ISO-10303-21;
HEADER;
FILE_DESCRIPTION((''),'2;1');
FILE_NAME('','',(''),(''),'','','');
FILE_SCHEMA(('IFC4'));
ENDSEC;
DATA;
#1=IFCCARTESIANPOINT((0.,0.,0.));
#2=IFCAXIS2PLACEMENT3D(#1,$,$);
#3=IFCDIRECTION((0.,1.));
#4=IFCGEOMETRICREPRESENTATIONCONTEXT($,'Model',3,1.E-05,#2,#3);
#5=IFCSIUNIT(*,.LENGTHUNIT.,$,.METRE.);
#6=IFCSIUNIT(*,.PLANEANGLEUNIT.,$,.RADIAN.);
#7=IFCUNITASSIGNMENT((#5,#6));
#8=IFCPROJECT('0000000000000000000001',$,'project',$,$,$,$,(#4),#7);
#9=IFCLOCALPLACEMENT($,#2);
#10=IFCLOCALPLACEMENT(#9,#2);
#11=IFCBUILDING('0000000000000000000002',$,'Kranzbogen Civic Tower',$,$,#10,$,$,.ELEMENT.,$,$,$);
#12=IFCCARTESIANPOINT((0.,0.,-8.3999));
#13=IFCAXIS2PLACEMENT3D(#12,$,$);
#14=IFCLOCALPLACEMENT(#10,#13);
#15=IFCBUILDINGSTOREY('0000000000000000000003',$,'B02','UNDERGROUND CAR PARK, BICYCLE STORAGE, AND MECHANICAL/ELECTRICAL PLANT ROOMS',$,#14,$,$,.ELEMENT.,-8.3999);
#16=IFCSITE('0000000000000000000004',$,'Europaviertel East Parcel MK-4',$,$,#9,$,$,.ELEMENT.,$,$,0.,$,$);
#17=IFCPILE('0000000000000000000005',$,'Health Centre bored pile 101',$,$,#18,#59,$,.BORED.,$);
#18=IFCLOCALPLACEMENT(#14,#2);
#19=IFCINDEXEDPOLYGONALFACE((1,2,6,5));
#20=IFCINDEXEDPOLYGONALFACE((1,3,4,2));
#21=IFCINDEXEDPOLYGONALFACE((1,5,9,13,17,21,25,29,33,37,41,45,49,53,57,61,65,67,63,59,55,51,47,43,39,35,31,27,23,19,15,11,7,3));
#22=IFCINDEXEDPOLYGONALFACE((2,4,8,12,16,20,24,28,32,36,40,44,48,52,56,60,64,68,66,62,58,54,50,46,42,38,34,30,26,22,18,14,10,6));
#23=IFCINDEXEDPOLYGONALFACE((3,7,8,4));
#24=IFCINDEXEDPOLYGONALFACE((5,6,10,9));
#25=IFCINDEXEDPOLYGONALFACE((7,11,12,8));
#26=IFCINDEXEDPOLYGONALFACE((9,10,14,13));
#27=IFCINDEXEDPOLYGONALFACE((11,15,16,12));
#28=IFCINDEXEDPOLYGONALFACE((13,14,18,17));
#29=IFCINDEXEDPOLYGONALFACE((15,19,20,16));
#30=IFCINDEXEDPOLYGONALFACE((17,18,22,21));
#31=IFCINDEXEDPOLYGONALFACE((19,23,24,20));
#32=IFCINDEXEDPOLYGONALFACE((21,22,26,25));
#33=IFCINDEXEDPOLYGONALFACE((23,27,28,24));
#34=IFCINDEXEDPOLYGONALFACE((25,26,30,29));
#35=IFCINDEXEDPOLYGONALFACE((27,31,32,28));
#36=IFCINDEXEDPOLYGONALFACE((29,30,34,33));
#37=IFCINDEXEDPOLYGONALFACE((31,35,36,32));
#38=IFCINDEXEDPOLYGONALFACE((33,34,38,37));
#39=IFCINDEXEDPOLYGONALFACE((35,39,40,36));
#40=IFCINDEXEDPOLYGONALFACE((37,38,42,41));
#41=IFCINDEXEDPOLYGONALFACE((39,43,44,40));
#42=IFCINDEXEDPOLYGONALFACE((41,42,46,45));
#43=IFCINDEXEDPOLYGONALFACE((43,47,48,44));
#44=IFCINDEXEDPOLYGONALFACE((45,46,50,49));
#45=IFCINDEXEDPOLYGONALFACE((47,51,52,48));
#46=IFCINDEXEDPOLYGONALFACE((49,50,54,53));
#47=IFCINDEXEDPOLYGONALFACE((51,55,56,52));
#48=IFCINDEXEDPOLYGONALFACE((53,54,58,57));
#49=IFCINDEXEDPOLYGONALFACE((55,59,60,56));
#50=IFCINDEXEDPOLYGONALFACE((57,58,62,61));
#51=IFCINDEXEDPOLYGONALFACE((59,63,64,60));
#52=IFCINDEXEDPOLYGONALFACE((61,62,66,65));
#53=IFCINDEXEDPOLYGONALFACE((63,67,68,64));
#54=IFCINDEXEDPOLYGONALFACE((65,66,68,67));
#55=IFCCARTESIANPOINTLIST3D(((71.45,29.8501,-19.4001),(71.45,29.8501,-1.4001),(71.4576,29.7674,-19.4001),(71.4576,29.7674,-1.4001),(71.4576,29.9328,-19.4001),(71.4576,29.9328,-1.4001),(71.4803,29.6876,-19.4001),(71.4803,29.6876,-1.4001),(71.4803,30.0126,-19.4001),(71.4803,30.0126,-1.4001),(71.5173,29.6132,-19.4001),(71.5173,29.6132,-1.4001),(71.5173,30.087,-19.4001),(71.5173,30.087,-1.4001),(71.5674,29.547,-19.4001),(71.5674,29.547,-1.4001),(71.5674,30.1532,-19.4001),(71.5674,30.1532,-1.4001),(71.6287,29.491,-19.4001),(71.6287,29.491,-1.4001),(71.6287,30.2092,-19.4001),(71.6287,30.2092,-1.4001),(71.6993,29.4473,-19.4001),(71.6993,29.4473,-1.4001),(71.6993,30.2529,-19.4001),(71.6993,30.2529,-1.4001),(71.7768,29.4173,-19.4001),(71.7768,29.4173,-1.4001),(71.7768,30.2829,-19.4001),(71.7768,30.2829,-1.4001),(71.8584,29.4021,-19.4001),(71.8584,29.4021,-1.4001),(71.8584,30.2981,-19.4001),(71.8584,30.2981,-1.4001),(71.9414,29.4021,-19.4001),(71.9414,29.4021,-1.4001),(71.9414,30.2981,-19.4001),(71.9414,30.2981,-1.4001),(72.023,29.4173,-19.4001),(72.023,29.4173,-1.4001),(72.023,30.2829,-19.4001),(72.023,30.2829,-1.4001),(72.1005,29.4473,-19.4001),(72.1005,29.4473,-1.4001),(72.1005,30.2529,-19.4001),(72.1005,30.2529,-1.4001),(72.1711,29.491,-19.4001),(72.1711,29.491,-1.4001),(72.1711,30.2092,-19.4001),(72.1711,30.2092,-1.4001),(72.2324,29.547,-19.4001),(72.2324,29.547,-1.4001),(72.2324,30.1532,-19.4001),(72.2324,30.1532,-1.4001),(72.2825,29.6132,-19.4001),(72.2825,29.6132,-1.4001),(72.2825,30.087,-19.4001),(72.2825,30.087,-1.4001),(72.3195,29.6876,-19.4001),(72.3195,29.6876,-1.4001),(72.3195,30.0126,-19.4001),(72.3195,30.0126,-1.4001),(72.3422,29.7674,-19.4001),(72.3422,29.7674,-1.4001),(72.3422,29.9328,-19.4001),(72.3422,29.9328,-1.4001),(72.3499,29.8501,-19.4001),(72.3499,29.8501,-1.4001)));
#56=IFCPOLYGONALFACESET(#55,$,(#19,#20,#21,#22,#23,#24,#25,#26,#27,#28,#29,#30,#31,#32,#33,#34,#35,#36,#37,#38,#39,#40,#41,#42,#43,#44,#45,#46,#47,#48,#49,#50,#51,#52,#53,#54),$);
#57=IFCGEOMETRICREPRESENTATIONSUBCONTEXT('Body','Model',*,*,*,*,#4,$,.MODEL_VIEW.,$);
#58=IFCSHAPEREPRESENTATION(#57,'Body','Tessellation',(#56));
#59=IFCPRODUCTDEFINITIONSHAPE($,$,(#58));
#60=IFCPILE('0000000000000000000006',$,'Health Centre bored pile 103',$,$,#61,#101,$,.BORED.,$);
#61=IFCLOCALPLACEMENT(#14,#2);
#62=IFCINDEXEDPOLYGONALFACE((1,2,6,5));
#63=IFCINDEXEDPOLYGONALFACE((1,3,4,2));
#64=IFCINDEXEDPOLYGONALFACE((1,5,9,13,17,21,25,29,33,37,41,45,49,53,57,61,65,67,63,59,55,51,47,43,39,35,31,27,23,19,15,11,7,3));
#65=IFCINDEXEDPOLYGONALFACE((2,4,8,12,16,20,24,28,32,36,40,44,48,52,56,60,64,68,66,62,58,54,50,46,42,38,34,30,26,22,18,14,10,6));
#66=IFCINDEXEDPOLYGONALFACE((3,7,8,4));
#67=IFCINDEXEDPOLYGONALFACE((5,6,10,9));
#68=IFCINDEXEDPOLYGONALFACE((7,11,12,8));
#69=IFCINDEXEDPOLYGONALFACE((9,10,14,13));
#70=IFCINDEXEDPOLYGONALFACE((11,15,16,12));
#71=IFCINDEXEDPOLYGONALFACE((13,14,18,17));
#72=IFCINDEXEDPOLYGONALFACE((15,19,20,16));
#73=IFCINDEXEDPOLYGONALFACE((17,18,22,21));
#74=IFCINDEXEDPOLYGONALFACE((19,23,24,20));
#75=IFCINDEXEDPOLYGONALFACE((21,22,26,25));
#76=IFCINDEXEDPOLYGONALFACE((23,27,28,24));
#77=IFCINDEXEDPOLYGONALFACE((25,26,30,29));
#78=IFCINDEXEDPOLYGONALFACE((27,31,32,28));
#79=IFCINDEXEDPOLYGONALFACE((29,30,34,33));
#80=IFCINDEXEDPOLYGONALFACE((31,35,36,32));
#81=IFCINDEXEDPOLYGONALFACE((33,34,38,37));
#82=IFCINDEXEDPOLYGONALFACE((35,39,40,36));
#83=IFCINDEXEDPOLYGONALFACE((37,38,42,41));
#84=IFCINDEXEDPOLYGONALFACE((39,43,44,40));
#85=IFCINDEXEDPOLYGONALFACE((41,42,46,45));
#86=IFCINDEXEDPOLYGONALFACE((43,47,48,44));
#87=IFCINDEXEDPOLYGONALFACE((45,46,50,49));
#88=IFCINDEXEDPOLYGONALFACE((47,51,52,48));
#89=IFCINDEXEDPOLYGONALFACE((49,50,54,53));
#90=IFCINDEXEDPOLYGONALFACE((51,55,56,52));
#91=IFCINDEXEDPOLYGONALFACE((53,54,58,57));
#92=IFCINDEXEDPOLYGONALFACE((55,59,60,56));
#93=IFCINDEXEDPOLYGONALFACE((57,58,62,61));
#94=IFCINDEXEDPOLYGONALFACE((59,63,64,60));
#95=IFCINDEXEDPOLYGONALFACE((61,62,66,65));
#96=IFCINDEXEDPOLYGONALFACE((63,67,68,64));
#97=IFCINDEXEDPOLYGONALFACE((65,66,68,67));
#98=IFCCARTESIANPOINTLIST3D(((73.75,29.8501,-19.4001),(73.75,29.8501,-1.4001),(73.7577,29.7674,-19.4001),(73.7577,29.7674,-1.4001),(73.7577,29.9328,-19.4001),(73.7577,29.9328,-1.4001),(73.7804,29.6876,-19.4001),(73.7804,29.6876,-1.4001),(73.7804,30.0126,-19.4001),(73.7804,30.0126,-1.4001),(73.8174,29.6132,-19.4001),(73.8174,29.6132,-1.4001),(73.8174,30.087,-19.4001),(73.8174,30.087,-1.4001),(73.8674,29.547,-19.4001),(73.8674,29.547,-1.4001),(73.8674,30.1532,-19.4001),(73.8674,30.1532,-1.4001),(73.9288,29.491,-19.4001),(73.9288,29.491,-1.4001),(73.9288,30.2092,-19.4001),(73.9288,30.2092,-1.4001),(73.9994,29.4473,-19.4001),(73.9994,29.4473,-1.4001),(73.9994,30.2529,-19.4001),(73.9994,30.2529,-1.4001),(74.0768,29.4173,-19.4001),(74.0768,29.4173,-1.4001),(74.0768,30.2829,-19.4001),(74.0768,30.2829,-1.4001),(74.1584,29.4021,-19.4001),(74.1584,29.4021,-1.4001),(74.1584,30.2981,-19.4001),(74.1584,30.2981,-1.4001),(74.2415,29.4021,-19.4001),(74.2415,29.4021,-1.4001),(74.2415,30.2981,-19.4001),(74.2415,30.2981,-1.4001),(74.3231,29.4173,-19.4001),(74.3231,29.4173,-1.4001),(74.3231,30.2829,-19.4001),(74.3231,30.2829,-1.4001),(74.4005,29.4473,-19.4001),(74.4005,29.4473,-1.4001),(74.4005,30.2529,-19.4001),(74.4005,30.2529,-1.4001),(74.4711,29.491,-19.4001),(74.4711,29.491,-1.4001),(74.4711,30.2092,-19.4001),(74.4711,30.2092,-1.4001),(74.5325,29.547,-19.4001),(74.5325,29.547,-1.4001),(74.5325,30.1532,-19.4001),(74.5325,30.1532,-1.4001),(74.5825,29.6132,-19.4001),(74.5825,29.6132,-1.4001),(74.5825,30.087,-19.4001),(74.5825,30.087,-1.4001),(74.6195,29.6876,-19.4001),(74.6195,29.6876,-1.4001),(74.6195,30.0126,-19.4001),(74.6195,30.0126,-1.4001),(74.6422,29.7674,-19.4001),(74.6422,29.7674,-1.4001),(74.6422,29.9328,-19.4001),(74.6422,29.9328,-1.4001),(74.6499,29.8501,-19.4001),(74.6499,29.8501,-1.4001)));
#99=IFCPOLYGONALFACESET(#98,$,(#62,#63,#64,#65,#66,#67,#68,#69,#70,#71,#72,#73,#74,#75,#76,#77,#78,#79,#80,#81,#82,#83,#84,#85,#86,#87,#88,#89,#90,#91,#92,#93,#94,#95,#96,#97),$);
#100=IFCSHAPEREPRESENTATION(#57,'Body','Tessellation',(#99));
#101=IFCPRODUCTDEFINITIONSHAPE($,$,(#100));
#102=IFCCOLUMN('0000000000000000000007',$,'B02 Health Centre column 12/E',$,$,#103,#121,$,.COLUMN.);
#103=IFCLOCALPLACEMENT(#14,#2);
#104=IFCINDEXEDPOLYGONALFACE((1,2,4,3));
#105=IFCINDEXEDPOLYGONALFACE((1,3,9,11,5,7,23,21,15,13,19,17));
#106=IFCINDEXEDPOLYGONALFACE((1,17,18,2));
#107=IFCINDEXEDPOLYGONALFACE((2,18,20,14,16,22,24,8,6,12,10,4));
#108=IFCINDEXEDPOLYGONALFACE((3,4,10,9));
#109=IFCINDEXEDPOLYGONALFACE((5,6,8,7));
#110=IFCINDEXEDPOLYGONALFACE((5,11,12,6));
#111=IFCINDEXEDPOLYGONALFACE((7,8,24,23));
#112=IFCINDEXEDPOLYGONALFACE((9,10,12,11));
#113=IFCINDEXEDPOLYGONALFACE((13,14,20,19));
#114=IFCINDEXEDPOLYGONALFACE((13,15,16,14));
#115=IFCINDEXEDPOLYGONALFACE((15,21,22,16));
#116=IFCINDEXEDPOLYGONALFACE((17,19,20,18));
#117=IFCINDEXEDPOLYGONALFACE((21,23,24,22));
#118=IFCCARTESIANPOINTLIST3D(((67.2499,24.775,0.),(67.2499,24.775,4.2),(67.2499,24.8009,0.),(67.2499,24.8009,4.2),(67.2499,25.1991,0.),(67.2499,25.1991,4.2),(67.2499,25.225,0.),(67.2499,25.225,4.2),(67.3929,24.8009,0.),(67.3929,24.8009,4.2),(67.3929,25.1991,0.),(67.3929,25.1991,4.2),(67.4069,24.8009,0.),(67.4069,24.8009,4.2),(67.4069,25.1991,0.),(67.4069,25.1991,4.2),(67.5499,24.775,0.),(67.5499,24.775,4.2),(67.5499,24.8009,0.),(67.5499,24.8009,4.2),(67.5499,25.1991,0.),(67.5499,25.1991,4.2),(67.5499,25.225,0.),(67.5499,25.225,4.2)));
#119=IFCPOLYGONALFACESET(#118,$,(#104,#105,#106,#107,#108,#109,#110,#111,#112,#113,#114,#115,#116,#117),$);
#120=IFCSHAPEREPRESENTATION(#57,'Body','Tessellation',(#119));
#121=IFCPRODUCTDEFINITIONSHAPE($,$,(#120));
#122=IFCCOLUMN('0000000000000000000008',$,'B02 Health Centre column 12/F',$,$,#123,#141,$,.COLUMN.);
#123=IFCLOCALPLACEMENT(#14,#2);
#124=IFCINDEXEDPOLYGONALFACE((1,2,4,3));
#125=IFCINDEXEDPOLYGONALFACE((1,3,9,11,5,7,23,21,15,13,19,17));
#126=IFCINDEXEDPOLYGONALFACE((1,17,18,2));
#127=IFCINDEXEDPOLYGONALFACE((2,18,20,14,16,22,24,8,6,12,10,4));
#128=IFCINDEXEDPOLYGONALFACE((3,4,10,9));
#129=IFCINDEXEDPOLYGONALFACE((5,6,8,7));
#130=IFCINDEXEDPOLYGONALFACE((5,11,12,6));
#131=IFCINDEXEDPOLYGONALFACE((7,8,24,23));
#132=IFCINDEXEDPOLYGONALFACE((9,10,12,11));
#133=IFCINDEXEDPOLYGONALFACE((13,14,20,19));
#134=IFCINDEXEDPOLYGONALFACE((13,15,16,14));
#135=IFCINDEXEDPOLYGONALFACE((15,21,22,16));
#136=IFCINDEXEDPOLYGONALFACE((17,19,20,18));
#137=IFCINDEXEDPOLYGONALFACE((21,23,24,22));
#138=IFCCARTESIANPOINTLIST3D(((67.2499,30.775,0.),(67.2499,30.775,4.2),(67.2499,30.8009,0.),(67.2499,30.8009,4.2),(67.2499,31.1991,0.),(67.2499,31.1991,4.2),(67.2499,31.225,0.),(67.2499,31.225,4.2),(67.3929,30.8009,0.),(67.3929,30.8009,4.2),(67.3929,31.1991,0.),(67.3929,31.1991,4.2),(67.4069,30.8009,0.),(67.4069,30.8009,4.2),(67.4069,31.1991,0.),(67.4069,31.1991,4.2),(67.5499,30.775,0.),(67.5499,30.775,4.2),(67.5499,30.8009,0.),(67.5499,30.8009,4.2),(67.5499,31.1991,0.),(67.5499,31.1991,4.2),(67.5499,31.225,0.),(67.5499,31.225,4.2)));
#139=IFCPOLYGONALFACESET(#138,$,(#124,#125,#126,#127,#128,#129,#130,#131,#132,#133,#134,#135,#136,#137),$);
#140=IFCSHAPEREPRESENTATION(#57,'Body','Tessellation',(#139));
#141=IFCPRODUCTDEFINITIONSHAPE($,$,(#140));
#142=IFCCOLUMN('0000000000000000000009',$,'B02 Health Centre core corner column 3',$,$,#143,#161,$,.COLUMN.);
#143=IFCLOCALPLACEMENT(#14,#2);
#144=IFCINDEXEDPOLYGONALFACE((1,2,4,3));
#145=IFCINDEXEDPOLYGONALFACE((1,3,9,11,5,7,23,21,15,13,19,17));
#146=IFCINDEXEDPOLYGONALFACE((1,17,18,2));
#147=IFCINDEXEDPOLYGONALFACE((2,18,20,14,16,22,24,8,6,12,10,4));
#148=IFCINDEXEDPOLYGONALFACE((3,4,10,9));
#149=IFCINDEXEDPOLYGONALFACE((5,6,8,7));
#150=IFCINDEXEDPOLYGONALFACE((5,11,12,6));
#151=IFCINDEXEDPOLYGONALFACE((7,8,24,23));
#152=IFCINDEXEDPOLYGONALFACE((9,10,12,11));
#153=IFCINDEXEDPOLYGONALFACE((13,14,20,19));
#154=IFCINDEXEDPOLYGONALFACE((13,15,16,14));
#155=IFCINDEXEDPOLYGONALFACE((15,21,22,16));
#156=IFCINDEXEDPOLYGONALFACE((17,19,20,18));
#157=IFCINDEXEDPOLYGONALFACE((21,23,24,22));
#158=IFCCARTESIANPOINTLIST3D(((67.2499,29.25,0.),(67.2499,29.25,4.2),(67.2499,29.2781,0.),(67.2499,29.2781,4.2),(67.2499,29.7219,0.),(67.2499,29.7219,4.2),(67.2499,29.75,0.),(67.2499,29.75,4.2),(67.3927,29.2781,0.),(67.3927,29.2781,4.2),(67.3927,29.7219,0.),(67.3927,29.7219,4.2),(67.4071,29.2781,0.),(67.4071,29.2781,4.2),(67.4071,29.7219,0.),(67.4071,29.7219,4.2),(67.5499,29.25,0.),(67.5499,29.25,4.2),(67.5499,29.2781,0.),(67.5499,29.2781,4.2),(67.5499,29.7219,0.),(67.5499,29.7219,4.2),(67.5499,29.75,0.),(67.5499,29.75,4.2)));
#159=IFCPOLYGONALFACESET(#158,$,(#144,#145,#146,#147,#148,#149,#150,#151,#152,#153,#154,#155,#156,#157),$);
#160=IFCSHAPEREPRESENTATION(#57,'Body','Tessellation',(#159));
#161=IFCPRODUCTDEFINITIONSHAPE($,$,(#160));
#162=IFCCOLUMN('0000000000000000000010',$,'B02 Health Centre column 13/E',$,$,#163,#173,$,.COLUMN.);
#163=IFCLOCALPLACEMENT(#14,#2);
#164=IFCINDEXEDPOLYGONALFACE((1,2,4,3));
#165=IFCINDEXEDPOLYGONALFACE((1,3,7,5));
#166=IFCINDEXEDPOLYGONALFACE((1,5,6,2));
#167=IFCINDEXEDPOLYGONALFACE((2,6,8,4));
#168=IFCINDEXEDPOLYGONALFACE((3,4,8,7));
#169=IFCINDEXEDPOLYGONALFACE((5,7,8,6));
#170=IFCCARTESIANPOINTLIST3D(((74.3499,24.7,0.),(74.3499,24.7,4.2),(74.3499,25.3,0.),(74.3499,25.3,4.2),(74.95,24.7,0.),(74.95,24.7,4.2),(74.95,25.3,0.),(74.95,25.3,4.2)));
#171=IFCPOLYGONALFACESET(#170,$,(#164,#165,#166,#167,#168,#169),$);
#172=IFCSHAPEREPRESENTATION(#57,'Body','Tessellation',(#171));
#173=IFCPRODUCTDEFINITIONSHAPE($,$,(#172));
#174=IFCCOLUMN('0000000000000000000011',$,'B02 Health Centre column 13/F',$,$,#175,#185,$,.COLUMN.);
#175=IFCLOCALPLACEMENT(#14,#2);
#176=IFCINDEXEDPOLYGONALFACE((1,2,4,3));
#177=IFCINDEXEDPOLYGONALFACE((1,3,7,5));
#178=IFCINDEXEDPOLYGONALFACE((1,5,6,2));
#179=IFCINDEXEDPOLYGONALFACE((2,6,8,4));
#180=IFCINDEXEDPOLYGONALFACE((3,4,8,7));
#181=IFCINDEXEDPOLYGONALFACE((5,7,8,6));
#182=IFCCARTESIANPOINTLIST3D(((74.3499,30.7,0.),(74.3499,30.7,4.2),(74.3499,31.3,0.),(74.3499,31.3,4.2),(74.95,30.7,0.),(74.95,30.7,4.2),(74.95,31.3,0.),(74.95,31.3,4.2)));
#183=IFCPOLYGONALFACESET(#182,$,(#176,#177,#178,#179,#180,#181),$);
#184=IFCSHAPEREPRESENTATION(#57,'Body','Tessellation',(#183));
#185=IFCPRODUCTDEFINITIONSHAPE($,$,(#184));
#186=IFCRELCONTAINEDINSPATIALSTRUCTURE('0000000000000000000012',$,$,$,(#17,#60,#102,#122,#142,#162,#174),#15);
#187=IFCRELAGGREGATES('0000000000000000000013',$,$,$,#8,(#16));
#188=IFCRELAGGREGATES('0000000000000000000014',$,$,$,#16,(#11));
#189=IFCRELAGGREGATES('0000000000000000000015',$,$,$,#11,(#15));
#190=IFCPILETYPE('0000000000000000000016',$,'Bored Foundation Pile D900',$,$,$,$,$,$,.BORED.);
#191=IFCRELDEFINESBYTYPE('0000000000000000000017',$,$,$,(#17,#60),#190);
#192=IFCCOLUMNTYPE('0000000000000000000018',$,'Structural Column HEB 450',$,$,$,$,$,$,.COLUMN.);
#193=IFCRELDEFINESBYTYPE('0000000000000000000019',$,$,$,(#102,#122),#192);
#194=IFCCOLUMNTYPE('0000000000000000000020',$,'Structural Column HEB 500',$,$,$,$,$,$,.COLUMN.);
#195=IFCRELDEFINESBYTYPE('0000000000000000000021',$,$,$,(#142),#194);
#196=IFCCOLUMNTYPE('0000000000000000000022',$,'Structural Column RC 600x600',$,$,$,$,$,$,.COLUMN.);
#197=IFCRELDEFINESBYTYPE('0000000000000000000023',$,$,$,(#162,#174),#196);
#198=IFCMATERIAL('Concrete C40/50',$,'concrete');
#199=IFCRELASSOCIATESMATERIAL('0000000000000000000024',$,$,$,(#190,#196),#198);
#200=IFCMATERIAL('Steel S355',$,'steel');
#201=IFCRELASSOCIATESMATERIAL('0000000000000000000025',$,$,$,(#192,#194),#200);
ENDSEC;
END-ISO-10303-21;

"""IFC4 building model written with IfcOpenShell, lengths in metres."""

from ifc_helpers import new_model, si_unit, direction, frame, origin, origin_2d, place, context, subcontext, project, spatial, rectangle, circle, i_section, extrude, material, material_profile, profile_set, type_object, element, save


model = new_model("IFC4")

# Units and contexts
model_context = context("Model", 3, precision=1e-05, world=origin(), true_north=direction((0.0, 1.0)))
body_context = subcontext(model_context, "Body", "Model", "MODEL_VIEW")
ifc_project = project(units=[si_unit("LENGTHUNIT", "METRE"), si_unit("PLANEANGLEUNIT", "RADIAN")], contexts=[model_context])

# Site, building, storey
site_placement = place(None, origin())
site = spatial("IfcSite", under=ifc_project, at=site_placement, Name="Europaviertel East Parcel MK-4", CompositionType="ELEMENT", RefElevation=0.0)
building_placement = place(site_placement, origin())
building = spatial("IfcBuilding", under=site, at=building_placement, Name="Kranzbogen Civic Tower", CompositionType="ELEMENT")
storey_placement = place(building_placement, frame((0.0, 0.0, -8.3999)))
storey = spatial("IfcBuildingStorey", under=building, at=storey_placement, Name="B02", Description="UNDERGROUND CAR PARK, BICYCLE STORAGE, AND MECHANICAL/ELECTRICAL PLANT ROOMS", CompositionType="ELEMENT", Elevation=-8.3999)

# Piles
ifc_material_1 = material(Name="Concrete C40/50", Category="concrete")
ifc_material_profile_1 = material_profile(ifc_material_1, circle(Radius=0.45, at=origin_2d()), Name="PILE D900")
ifc_profile_set_1 = profile_set([ifc_material_profile_1], Name="Concrete C40/50")
pile_type_1 = type_object("IfcPileType", Name="Bored Foundation Pile D900", PredefinedType="BORED", material=ifc_profile_set_1)
for number, where, z_axis, x_axis, name in (
    (1, (71.8999, 29.8501, -1.4001), (0.0, 0.0, -1.0), (1.0, 0.0, 0.0), "Health Centre bored pile 101"),
    (2, (74.2, 29.8501, -1.4001), (0.0, 0.0, -1.0), (1.0, 0.0, 0.0), "Health Centre bored pile 103"),
):
    element("IfcPile", number, at=place(storey_placement, frame(where, z_axis=z_axis, x_axis=x_axis)), inside=storey, type_object=pile_type_1, Name=name, PredefinedType="BORED", context=body_context, shape_type="SweptSolid", body=[
        extrude(circle(Radius=0.45, at=origin_2d()), origin(), (0.0, 0.0, 1.0), 18.0),
    ])

# Columns
ifc_material_2 = material(Name="Steel S355", Category="steel")
ifc_material_profile_2 = material_profile(ifc_material_2, i_section(OverallWidth=0.3, OverallDepth=0.45, WebThickness=0.0139, FlangeThickness=0.0259, at=origin_2d()), Name="HEB 450")
ifc_profile_set_2 = profile_set([ifc_material_profile_2], Name="Steel S355")
column_type_1 = type_object("IfcColumnType", Name="Structural Column HEB 450", PredefinedType="COLUMN", material=ifc_profile_set_2)
for number, where, z_axis, x_axis, name in (
    (3, (67.3999, 25.0, 0.0), (0.0, 0.0, 1.0), (1.0, 0.0, 0.0), "B02 Health Centre column 12/E"),
    (4, (67.3999, 31.0, 0.0), (0.0, 0.0, 1.0), (1.0, 0.0, 0.0), "B02 Health Centre column 12/F"),
):
    element("IfcColumn", number, at=place(storey_placement, frame(where, z_axis=z_axis, x_axis=x_axis)), inside=storey, type_object=column_type_1, Name=name, PredefinedType="COLUMN", context=body_context, shape_type="SweptSolid", body=[
        extrude(i_section(OverallWidth=0.3, OverallDepth=0.45, WebThickness=0.0139, FlangeThickness=0.0259, at=origin_2d()), origin(), (0.0, 0.0, 1.0), 4.2),
    ])
ifc_material_profile_3 = material_profile(ifc_material_2, i_section(OverallWidth=0.3, OverallDepth=0.5, WebThickness=0.0144, FlangeThickness=0.0281, at=origin_2d()), Name="HEB 500")
ifc_profile_set_3 = profile_set([ifc_material_profile_3], Name="Steel S355")
column_type_2 = type_object("IfcColumnType", Name="Structural Column HEB 500", PredefinedType="COLUMN", material=ifc_profile_set_3)
column_placement = place(storey_placement, frame((67.3999, 29.5, 0.0), z_axis=(0.0, 0.0, 1.0), x_axis=(1.0, 0.0, 0.0)))
element("IfcColumn", 5, at=column_placement, inside=storey, type_object=column_type_2, Name="B02 Health Centre core corner column 3", PredefinedType="COLUMN", context=body_context, shape_type="SweptSolid", body=[
    extrude(i_section(OverallWidth=0.3, OverallDepth=0.5, WebThickness=0.0144, FlangeThickness=0.0281, at=origin_2d()), origin(), (0.0, 0.0, 1.0), 4.2),
])
ifc_material_profile_4 = material_profile(ifc_material_1, rectangle(XDim=0.6001, YDim=0.6001, at=origin_2d()), Name="RC 600x600")
ifc_profile_set_4 = profile_set([ifc_material_profile_4], Name="Concrete C40/50")
column_type_3 = type_object("IfcColumnType", Name="Structural Column RC 600x600", PredefinedType="COLUMN", material=ifc_profile_set_4)
for number, where, z_axis, x_axis, name in (
    (6, (74.6499, 25.0, 0.0), (0.0, 0.0, 1.0), (1.0, 0.0, 0.0), "B02 Health Centre column 13/E"),
    (7, (74.6499, 31.0, 0.0), (0.0, 0.0, 1.0), (1.0, 0.0, 0.0), "B02 Health Centre column 13/F"),
):
    element("IfcColumn", number, at=place(storey_placement, frame(where, z_axis=z_axis, x_axis=x_axis)), inside=storey, type_object=column_type_3, Name=name, PredefinedType="COLUMN", context=body_context, shape_type="SweptSolid", body=[
        extrude(rectangle(XDim=0.6001, YDim=0.6001, at=origin_2d()), origin(), (0.0, 0.0, 1.0), 4.2),
    ])

save(model, "model.ifc")
